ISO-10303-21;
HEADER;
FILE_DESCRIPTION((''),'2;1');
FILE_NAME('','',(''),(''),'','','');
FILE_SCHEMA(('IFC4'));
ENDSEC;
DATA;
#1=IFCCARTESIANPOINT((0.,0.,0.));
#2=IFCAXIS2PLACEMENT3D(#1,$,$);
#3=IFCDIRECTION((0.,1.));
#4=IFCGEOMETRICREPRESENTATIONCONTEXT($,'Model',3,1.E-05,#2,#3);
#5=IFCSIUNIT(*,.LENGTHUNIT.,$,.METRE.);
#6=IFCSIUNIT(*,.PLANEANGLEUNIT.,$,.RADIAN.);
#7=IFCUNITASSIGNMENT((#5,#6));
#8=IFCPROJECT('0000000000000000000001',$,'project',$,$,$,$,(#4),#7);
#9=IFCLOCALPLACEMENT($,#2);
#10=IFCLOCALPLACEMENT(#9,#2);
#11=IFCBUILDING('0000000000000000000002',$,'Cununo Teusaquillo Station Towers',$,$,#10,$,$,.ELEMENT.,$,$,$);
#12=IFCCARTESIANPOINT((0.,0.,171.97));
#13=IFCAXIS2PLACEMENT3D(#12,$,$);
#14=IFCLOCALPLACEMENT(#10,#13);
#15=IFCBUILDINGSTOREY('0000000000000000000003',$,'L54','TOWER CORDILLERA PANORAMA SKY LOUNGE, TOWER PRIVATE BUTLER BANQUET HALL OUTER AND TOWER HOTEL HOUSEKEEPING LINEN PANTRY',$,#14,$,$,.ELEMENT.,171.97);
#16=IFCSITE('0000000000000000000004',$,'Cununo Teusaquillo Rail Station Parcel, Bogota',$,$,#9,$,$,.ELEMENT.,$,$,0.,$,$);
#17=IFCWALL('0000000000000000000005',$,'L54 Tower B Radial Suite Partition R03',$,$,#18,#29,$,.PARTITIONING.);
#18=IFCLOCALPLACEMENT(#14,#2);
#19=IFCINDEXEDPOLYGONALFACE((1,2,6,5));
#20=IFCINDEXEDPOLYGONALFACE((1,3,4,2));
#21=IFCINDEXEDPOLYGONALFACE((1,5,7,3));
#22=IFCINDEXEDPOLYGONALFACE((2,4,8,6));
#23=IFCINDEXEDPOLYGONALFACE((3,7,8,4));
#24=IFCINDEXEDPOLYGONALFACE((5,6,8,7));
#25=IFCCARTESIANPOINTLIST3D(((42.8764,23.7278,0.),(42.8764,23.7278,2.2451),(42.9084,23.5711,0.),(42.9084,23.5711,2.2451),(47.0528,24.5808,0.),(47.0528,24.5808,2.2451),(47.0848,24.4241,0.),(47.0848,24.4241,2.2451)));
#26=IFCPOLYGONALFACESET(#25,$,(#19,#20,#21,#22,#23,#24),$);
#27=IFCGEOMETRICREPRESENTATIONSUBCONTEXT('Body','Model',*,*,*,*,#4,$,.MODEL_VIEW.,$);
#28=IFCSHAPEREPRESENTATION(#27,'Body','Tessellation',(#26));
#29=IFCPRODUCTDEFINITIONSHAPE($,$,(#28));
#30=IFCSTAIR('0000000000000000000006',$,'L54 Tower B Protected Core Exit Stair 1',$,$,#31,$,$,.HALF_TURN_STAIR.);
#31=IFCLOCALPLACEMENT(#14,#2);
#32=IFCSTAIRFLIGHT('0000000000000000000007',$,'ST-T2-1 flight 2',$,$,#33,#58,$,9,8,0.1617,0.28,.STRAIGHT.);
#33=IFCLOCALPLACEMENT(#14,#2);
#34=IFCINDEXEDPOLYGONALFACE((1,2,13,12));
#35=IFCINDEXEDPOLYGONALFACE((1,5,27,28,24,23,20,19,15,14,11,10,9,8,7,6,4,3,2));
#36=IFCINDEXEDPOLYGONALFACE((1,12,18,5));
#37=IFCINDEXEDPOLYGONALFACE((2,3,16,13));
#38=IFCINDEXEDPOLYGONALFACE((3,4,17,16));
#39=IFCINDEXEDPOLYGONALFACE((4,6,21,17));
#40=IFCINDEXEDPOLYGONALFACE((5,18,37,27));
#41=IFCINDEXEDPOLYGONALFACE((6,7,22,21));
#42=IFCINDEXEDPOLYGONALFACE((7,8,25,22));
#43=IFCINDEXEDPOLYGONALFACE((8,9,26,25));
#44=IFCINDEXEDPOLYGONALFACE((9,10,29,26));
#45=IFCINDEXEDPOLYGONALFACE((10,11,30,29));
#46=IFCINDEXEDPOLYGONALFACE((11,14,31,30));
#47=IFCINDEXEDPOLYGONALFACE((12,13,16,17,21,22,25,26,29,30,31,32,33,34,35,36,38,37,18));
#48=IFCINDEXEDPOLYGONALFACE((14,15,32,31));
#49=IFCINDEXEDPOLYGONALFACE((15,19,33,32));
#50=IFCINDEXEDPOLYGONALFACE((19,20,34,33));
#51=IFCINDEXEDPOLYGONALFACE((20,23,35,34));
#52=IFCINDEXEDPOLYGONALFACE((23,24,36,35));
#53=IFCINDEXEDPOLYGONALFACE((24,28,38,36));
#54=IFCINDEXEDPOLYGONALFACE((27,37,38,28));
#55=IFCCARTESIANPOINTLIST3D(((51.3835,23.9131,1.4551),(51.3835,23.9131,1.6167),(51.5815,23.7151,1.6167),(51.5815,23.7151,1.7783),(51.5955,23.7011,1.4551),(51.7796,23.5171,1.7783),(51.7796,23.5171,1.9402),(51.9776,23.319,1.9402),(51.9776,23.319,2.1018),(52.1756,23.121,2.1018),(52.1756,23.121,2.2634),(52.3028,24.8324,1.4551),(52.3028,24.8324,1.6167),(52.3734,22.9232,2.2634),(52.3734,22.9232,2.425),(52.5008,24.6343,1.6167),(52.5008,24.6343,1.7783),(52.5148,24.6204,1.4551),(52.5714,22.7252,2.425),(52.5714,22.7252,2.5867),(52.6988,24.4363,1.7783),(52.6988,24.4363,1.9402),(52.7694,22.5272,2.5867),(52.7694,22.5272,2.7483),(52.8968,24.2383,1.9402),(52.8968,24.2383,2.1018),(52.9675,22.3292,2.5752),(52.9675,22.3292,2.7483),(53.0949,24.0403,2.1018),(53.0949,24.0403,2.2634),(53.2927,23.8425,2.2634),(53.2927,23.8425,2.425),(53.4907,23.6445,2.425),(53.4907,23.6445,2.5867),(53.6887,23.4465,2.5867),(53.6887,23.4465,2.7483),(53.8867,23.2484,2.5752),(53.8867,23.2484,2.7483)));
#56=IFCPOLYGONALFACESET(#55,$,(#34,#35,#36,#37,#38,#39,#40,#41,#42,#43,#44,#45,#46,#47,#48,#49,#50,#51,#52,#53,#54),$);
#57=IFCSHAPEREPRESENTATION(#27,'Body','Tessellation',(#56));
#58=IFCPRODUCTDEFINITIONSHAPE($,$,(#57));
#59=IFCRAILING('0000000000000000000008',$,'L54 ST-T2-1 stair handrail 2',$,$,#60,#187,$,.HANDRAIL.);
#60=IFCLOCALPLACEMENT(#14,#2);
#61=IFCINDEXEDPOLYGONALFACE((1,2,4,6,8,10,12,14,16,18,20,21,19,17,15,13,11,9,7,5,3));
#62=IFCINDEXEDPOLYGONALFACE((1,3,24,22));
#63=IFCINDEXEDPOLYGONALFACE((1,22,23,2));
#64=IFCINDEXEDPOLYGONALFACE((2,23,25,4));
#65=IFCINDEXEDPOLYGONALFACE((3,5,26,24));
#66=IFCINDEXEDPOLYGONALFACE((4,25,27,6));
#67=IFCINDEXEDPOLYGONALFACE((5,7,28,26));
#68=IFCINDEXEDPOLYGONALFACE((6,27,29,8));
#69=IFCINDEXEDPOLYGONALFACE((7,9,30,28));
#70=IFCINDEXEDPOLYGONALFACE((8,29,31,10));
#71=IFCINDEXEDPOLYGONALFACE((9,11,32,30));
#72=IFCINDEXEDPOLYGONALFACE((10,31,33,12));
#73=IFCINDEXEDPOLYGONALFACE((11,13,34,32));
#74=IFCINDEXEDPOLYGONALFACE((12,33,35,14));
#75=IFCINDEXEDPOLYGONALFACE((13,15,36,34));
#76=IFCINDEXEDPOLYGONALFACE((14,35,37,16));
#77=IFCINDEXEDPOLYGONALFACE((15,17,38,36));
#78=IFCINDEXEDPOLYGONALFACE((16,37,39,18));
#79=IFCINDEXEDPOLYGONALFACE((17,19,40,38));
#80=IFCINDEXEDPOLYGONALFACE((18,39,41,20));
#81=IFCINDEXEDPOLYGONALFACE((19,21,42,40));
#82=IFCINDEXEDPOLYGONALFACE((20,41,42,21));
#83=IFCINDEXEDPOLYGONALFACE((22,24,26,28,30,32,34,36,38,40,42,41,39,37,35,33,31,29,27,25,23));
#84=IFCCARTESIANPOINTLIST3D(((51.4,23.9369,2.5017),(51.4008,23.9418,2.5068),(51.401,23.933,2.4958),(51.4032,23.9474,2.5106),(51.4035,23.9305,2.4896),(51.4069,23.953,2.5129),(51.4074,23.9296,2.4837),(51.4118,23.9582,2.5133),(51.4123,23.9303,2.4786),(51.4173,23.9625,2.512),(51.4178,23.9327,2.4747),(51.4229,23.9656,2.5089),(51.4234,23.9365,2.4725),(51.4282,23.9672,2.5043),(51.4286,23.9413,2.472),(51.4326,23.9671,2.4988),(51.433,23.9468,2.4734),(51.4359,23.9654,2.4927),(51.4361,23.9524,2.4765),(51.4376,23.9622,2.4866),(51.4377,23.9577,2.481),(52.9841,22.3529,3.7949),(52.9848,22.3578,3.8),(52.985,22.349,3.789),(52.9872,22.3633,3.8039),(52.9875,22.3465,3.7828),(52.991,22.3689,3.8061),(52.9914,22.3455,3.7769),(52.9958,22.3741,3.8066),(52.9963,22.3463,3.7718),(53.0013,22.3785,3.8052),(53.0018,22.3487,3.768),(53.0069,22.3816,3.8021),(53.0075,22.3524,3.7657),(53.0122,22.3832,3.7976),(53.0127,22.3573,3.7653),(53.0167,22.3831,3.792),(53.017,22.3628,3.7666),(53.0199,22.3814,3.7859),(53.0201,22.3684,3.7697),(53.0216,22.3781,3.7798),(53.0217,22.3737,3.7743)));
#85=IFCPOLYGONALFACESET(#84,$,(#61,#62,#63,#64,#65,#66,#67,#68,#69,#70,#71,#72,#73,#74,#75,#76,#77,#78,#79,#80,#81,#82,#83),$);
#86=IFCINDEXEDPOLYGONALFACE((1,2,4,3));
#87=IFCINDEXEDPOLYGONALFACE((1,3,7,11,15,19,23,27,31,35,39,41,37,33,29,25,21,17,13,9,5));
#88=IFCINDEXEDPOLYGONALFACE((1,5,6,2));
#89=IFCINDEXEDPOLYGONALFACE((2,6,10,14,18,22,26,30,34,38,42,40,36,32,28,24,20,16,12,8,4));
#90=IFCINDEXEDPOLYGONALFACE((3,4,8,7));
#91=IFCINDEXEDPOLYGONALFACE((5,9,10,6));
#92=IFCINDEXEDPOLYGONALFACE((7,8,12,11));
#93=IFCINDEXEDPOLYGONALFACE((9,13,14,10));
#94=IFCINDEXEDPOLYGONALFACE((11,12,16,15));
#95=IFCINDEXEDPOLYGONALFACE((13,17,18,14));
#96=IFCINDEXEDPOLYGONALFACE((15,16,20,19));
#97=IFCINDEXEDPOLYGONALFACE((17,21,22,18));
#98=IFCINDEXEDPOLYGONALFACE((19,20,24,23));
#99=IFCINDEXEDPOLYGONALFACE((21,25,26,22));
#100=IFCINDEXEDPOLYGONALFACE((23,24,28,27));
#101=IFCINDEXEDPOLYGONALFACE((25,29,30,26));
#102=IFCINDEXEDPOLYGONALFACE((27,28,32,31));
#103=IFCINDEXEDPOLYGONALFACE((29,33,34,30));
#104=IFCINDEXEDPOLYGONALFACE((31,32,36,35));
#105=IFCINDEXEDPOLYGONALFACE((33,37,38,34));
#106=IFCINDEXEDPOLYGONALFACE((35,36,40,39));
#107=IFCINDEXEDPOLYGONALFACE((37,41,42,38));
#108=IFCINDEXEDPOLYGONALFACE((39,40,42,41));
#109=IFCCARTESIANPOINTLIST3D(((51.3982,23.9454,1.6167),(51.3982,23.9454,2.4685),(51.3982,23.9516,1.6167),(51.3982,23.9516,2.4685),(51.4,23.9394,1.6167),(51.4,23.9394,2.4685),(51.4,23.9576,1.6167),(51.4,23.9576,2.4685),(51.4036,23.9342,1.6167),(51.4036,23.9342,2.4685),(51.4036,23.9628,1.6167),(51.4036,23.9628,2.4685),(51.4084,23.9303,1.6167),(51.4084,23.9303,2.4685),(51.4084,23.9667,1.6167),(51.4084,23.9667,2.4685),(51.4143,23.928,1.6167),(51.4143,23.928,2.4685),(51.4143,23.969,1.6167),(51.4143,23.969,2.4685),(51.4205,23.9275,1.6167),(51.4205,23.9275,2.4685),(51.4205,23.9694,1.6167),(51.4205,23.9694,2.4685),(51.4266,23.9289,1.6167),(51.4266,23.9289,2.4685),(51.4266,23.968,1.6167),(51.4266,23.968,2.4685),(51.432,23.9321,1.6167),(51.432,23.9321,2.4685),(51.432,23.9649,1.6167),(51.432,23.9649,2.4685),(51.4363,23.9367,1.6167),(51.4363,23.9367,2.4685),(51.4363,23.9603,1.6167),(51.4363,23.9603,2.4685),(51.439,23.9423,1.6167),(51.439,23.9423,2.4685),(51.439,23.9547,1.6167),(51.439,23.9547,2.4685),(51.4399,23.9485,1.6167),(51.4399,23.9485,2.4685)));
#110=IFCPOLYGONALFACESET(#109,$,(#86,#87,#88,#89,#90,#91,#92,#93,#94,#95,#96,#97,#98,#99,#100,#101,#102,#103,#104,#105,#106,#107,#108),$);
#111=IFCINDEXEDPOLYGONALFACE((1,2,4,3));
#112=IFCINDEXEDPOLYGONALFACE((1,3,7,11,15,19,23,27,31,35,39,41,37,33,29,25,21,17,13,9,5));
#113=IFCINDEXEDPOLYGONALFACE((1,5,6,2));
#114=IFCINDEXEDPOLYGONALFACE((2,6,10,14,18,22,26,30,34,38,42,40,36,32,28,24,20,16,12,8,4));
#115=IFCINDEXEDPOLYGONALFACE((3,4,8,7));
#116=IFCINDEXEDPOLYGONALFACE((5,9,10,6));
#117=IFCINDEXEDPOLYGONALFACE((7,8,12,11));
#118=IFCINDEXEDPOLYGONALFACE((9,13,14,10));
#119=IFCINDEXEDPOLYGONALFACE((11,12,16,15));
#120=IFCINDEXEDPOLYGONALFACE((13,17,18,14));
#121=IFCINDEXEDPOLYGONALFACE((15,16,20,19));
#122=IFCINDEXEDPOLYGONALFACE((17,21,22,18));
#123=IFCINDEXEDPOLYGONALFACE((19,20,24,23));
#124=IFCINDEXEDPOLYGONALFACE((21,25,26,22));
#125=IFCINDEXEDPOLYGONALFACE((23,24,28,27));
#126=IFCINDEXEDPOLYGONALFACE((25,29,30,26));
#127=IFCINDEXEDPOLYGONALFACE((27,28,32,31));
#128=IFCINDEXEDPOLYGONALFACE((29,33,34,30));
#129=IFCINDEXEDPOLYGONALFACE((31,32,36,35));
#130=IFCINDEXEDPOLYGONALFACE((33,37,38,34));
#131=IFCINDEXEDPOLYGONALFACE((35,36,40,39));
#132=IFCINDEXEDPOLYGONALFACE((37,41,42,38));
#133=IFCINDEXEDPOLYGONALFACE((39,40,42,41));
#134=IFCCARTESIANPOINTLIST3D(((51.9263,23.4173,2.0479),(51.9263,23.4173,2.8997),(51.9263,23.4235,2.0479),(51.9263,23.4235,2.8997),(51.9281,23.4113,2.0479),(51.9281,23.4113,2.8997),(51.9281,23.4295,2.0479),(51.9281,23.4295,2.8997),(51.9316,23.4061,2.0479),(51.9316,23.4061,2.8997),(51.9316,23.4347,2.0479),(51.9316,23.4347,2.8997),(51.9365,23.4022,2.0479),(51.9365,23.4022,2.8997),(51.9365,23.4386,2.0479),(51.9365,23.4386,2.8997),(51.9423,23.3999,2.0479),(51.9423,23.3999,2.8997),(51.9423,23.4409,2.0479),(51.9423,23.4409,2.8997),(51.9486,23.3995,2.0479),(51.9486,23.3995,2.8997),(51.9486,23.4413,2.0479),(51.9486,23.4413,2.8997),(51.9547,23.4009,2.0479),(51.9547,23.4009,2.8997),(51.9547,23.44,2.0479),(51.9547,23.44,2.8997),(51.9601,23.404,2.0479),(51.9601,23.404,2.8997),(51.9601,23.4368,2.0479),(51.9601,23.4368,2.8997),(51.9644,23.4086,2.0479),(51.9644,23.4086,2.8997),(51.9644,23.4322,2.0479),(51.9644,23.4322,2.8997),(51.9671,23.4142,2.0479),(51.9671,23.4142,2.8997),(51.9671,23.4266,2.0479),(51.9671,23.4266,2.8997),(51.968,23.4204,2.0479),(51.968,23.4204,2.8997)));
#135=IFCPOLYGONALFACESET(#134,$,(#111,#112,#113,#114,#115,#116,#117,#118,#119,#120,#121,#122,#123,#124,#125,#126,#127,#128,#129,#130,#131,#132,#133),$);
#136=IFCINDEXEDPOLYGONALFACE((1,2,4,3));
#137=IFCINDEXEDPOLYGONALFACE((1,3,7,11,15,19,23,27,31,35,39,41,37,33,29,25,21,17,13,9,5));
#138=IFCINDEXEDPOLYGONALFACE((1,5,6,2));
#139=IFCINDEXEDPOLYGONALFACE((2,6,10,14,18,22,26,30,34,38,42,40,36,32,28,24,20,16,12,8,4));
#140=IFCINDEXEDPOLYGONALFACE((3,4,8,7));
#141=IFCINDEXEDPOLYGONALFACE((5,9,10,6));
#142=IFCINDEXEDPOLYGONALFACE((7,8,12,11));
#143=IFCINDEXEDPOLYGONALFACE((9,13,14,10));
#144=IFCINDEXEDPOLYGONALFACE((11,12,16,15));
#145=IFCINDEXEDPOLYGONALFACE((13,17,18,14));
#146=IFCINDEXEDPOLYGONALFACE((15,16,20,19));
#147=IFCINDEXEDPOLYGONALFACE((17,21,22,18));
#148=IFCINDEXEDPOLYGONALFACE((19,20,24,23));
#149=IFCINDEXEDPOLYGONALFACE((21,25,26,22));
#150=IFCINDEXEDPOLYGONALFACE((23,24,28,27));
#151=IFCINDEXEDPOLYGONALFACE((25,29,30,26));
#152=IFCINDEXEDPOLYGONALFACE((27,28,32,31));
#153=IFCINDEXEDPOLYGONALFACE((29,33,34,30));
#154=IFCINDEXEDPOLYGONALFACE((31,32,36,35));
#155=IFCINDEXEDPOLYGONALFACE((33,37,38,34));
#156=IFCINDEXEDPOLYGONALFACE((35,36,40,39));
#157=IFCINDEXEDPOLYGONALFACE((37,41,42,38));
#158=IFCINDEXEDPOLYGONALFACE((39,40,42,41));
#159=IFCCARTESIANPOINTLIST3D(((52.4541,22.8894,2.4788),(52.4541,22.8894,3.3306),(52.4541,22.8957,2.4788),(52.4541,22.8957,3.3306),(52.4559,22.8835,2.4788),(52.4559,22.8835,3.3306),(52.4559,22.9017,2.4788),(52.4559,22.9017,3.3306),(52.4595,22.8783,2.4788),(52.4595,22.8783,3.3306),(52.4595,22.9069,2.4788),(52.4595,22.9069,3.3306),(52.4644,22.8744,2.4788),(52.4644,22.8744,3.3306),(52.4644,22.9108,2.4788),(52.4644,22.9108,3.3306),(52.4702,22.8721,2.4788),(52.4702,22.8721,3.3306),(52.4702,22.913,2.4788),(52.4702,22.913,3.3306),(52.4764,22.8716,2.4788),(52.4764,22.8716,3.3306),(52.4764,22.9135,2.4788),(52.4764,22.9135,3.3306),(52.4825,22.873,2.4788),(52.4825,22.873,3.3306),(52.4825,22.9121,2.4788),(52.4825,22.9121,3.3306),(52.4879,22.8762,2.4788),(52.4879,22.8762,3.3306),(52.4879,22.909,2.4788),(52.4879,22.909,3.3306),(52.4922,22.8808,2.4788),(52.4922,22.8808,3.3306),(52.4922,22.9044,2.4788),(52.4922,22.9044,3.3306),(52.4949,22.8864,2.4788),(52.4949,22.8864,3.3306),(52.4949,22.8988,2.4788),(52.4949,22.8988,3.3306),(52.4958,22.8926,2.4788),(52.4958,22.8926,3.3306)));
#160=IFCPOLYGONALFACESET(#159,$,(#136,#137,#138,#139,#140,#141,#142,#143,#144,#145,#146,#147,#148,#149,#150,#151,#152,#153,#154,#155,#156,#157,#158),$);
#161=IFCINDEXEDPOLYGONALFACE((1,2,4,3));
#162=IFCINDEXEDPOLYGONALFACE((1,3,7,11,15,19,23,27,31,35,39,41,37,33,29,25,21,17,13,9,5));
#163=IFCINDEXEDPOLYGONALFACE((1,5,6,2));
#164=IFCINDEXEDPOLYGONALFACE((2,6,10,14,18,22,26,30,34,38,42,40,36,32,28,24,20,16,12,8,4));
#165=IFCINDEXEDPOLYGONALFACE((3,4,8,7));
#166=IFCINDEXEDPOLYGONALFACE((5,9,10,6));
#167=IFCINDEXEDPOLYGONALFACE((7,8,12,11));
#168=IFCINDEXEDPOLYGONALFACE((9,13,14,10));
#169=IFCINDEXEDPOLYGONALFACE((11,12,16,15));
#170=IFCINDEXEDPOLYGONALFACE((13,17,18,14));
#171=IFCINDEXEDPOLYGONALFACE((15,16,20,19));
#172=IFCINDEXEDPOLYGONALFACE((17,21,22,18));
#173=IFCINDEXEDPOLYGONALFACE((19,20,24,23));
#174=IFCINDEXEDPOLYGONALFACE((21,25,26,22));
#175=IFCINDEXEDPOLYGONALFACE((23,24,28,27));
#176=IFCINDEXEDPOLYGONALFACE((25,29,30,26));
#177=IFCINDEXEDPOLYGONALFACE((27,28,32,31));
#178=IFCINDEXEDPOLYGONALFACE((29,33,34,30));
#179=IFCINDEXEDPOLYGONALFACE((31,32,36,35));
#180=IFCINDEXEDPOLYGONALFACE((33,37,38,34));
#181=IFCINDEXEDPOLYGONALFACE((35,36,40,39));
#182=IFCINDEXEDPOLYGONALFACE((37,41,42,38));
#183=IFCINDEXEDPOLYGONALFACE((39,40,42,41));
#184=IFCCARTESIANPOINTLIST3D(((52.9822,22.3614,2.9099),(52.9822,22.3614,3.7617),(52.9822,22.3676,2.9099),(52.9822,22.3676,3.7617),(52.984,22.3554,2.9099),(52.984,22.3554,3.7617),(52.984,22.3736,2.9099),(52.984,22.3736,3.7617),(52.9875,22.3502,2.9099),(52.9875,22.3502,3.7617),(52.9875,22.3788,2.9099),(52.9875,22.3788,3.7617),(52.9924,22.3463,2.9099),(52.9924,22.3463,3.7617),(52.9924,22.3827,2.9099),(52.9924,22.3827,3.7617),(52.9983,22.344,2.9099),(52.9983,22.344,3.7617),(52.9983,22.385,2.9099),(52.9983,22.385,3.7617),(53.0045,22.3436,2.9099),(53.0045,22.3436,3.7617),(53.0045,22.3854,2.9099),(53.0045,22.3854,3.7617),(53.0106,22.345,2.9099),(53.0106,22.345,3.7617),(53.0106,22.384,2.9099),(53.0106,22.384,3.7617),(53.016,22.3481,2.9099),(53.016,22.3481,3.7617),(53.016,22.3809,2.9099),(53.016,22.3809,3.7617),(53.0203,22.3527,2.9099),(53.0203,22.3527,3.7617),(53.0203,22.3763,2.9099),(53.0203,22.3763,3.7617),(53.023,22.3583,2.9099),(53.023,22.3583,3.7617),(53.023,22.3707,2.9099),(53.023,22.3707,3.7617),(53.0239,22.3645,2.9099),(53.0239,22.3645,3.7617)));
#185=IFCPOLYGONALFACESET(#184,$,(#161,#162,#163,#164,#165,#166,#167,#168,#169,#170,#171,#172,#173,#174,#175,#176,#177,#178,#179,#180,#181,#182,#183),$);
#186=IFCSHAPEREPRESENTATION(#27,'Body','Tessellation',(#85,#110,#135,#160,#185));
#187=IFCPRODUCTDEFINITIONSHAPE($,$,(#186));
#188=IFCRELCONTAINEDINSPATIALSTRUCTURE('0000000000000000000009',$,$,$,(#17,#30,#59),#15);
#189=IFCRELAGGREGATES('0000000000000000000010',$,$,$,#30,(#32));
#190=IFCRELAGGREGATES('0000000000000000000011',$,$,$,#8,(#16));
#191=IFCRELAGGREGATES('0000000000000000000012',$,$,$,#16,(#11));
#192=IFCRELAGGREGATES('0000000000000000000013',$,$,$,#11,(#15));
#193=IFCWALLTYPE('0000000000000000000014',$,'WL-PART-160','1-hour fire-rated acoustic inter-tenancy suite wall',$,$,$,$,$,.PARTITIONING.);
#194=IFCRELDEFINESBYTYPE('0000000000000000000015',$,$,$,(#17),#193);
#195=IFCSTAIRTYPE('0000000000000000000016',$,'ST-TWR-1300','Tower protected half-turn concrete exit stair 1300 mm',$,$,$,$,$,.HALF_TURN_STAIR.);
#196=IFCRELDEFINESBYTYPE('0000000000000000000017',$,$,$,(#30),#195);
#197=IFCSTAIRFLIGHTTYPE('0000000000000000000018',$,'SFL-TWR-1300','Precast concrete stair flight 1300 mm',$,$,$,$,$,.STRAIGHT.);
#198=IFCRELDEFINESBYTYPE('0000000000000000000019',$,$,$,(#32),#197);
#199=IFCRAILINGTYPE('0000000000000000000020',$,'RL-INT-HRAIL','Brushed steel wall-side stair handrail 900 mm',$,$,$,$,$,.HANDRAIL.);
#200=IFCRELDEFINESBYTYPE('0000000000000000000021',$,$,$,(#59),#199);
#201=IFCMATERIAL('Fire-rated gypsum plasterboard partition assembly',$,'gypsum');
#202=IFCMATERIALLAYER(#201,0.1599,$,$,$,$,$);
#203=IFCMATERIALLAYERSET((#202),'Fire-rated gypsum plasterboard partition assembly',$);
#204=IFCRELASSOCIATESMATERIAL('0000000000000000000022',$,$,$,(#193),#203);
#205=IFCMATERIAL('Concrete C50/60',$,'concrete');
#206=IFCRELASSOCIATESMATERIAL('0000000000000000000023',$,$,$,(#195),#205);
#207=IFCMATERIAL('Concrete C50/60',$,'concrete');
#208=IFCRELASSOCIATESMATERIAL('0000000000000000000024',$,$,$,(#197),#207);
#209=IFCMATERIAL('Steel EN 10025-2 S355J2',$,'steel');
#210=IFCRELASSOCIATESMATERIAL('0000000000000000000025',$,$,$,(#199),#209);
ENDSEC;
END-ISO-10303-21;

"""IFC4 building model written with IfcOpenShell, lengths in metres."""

from ifc_helpers import new_model, si_unit, direction, frame, frame_2d, origin, origin_2d, place, context, subcontext, project, spatial, polyline, rectangle, circle, outline, extrude, material, layer, layer_set, type_object, element, aggregate, save


model = new_model("IFC4")

# Units and contexts
model_context = context("Model", 3, precision=1e-05, world=origin(), true_north=direction((0.0, 1.0)))
body_context = subcontext(model_context, "Body", "Model", "MODEL_VIEW")
ifc_project = project(units=[si_unit("LENGTHUNIT", "METRE"), si_unit("PLANEANGLEUNIT", "RADIAN")], contexts=[model_context])

# Site, building, storey
site_placement = place(None, origin())
site = spatial("IfcSite", under=ifc_project, at=site_placement, Name="Cununo Teusaquillo Rail Station Parcel, Bogota", CompositionType="ELEMENT", RefElevation=0.0)
building_placement = place(site_placement, origin())
building = spatial("IfcBuilding", under=site, at=building_placement, Name="Cununo Teusaquillo Station Towers", CompositionType="ELEMENT")
storey_placement = place(building_placement, frame((0.0, 0.0, 171.97)))
storey = spatial("IfcBuildingStorey", under=building, at=storey_placement, Name="L54", Description="TOWER CORDILLERA PANORAMA SKY LOUNGE, TOWER PRIVATE BUTLER BANQUET HALL OUTER AND TOWER HOTEL HOUSEKEEPING LINEN PANTRY", CompositionType="ELEMENT", Elevation=171.97)

# Wall
ifc_material_1 = material(Name="Fire-rated gypsum plasterboard partition assembly", Category="gypsum")
ifc_layer_1 = layer(ifc_material_1, 0.1599)
ifc_layer_set_1 = layer_set([ifc_layer_1], Name="Fire-rated gypsum plasterboard partition assembly")
wall_type_1 = type_object("IfcWallType", Name="WL-PART-160", Description="1-hour fire-rated acoustic inter-tenancy suite wall", PredefinedType="PARTITIONING", material=ifc_layer_set_1)
wall_1_placement = place(storey_placement, frame((47.0688, 24.5024, 0.0), z_axis=(0.0, 0.0, 1.0), x_axis=(-0.979773, -0.200113, 0.0)))
element("IfcWall", 1, at=wall_1_placement, inside=storey, type_object=wall_type_1, Name="L54 Tower B Radial Suite Partition R03", PredefinedType="PARTITIONING", context=body_context, shape_type="SweptSolid", body=[
    extrude(rectangle(XDim=4.2627, YDim=0.1599, at=frame_2d((2.1313, 0.0))), origin(), (0.0, 0.0, 1.0), 2.2451),
])

# Stair, stair flight
ifc_material_2 = material(Name="Concrete C50/60", Category="concrete")
stair_type = type_object("IfcStairType", Name="ST-TWR-1300", Description="Tower protected half-turn concrete exit stair 1300 mm", PredefinedType="HALF_TURN_STAIR", material=ifc_material_2)
stair_placement = place(storey_placement, origin())
stair = element("IfcStair", 2, at=stair_placement, inside=storey, type_object=stair_type, Name="L54 Tower B Protected Core Exit Stair 1", PredefinedType="HALF_TURN_STAIR")
ifc_material_3 = material(Name="Concrete C50/60", Category="concrete")
stair_flight_type = type_object("IfcStairFlightType", Name="SFL-TWR-1300", Description="Precast concrete stair flight 1300 mm", PredefinedType="STRAIGHT", material=ifc_material_3)
stair_flight_placement = place(storey_placement, frame((51.8433, 24.3728, 1.4551), z_axis=(0.0, 0.0, 1.0), x_axis=(0.707107, -0.707107, 0.0)))
stair_flight = element("IfcStairFlight", 3, at=stair_flight_placement, type_object=stair_flight_type, Name="ST-T2-1 flight 2", NumberOfRisers=9, NumberOfTreads=8, PredefinedType="STRAIGHT", RiserHeight=0.1617, TreadLength=0.28, context=body_context, shape_type="SweptSolid", body=[
    extrude(outline(polyline([(0.0, 0.0), (0.0, 0.1616), (0.28, 0.1616), (0.28, 0.3232), (0.5601, 0.3232), (0.5601, 0.4851), (0.8401, 0.4851), (0.8401, 0.6467), (1.1201, 0.6467), (1.1201, 0.8083), (1.3999, 0.8083), (1.3999, 0.97), (1.6799, 0.97), (1.6799, 1.1316), (1.96, 1.1316), (1.96, 1.2932), (2.24, 1.2932), (2.24, 1.4551), (2.24, 1.1201), (0.2998, 0.0), (0.0, 0.0)])), frame((0.0, 0.6499, 0.0), z_axis=(0.0, -1.0, 0.0), x_axis=(1.0, 0.0, 0.0)), (0.0, 0.0, 1.0), 1.3),
])
aggregate(stair, [stair_flight])

# Railing
ifc_material_4 = material(Name="Steel EN 10025-2 S355J2", Category="steel")
railing_type = type_object("IfcRailingType", Name="RL-INT-HRAIL", Description="Brushed steel wall-side stair handrail 900 mm", PredefinedType="HANDRAIL", material=ifc_material_4)
railing_placement = place(storey_placement, frame((51.4189, 23.9485, 1.6167)))
element("IfcRailing", 4, at=railing_placement, inside=storey, type_object=railing_type, Name="L54 ST-T2-1 stair handrail 2", PredefinedType="HANDRAIL", context=body_context, shape_type="SweptSolid", body=[
    extrude(circle(Radius=0.0239, at=origin_2d()), frame((0.0, 0.0, 0.876), z_axis=(0.612385, -0.612385, 0.49997), x_axis=(0.707107, 0.707107, 0.0)), (0.0, 0.0, 1.0), 2.5867),
    extrude(circle(Radius=0.021, at=origin_2d()), origin(), (0.0, 0.0, 1.0), 0.8518),
    extrude(circle(Radius=0.021, at=origin_2d()), frame((0.5281, -0.5281, 0.4312)), (0.0, 0.0, 1.0), 0.8518),
    extrude(circle(Radius=0.021, at=origin_2d()), frame((1.0559, -1.0559, 0.8621)), (0.0, 0.0, 1.0), 0.8518),
    extrude(circle(Radius=0.021, at=origin_2d()), frame((1.584, -1.584, 1.2932)), (0.0, 0.0, 1.0), 0.8518),
])

save(model, "model.ifc")
